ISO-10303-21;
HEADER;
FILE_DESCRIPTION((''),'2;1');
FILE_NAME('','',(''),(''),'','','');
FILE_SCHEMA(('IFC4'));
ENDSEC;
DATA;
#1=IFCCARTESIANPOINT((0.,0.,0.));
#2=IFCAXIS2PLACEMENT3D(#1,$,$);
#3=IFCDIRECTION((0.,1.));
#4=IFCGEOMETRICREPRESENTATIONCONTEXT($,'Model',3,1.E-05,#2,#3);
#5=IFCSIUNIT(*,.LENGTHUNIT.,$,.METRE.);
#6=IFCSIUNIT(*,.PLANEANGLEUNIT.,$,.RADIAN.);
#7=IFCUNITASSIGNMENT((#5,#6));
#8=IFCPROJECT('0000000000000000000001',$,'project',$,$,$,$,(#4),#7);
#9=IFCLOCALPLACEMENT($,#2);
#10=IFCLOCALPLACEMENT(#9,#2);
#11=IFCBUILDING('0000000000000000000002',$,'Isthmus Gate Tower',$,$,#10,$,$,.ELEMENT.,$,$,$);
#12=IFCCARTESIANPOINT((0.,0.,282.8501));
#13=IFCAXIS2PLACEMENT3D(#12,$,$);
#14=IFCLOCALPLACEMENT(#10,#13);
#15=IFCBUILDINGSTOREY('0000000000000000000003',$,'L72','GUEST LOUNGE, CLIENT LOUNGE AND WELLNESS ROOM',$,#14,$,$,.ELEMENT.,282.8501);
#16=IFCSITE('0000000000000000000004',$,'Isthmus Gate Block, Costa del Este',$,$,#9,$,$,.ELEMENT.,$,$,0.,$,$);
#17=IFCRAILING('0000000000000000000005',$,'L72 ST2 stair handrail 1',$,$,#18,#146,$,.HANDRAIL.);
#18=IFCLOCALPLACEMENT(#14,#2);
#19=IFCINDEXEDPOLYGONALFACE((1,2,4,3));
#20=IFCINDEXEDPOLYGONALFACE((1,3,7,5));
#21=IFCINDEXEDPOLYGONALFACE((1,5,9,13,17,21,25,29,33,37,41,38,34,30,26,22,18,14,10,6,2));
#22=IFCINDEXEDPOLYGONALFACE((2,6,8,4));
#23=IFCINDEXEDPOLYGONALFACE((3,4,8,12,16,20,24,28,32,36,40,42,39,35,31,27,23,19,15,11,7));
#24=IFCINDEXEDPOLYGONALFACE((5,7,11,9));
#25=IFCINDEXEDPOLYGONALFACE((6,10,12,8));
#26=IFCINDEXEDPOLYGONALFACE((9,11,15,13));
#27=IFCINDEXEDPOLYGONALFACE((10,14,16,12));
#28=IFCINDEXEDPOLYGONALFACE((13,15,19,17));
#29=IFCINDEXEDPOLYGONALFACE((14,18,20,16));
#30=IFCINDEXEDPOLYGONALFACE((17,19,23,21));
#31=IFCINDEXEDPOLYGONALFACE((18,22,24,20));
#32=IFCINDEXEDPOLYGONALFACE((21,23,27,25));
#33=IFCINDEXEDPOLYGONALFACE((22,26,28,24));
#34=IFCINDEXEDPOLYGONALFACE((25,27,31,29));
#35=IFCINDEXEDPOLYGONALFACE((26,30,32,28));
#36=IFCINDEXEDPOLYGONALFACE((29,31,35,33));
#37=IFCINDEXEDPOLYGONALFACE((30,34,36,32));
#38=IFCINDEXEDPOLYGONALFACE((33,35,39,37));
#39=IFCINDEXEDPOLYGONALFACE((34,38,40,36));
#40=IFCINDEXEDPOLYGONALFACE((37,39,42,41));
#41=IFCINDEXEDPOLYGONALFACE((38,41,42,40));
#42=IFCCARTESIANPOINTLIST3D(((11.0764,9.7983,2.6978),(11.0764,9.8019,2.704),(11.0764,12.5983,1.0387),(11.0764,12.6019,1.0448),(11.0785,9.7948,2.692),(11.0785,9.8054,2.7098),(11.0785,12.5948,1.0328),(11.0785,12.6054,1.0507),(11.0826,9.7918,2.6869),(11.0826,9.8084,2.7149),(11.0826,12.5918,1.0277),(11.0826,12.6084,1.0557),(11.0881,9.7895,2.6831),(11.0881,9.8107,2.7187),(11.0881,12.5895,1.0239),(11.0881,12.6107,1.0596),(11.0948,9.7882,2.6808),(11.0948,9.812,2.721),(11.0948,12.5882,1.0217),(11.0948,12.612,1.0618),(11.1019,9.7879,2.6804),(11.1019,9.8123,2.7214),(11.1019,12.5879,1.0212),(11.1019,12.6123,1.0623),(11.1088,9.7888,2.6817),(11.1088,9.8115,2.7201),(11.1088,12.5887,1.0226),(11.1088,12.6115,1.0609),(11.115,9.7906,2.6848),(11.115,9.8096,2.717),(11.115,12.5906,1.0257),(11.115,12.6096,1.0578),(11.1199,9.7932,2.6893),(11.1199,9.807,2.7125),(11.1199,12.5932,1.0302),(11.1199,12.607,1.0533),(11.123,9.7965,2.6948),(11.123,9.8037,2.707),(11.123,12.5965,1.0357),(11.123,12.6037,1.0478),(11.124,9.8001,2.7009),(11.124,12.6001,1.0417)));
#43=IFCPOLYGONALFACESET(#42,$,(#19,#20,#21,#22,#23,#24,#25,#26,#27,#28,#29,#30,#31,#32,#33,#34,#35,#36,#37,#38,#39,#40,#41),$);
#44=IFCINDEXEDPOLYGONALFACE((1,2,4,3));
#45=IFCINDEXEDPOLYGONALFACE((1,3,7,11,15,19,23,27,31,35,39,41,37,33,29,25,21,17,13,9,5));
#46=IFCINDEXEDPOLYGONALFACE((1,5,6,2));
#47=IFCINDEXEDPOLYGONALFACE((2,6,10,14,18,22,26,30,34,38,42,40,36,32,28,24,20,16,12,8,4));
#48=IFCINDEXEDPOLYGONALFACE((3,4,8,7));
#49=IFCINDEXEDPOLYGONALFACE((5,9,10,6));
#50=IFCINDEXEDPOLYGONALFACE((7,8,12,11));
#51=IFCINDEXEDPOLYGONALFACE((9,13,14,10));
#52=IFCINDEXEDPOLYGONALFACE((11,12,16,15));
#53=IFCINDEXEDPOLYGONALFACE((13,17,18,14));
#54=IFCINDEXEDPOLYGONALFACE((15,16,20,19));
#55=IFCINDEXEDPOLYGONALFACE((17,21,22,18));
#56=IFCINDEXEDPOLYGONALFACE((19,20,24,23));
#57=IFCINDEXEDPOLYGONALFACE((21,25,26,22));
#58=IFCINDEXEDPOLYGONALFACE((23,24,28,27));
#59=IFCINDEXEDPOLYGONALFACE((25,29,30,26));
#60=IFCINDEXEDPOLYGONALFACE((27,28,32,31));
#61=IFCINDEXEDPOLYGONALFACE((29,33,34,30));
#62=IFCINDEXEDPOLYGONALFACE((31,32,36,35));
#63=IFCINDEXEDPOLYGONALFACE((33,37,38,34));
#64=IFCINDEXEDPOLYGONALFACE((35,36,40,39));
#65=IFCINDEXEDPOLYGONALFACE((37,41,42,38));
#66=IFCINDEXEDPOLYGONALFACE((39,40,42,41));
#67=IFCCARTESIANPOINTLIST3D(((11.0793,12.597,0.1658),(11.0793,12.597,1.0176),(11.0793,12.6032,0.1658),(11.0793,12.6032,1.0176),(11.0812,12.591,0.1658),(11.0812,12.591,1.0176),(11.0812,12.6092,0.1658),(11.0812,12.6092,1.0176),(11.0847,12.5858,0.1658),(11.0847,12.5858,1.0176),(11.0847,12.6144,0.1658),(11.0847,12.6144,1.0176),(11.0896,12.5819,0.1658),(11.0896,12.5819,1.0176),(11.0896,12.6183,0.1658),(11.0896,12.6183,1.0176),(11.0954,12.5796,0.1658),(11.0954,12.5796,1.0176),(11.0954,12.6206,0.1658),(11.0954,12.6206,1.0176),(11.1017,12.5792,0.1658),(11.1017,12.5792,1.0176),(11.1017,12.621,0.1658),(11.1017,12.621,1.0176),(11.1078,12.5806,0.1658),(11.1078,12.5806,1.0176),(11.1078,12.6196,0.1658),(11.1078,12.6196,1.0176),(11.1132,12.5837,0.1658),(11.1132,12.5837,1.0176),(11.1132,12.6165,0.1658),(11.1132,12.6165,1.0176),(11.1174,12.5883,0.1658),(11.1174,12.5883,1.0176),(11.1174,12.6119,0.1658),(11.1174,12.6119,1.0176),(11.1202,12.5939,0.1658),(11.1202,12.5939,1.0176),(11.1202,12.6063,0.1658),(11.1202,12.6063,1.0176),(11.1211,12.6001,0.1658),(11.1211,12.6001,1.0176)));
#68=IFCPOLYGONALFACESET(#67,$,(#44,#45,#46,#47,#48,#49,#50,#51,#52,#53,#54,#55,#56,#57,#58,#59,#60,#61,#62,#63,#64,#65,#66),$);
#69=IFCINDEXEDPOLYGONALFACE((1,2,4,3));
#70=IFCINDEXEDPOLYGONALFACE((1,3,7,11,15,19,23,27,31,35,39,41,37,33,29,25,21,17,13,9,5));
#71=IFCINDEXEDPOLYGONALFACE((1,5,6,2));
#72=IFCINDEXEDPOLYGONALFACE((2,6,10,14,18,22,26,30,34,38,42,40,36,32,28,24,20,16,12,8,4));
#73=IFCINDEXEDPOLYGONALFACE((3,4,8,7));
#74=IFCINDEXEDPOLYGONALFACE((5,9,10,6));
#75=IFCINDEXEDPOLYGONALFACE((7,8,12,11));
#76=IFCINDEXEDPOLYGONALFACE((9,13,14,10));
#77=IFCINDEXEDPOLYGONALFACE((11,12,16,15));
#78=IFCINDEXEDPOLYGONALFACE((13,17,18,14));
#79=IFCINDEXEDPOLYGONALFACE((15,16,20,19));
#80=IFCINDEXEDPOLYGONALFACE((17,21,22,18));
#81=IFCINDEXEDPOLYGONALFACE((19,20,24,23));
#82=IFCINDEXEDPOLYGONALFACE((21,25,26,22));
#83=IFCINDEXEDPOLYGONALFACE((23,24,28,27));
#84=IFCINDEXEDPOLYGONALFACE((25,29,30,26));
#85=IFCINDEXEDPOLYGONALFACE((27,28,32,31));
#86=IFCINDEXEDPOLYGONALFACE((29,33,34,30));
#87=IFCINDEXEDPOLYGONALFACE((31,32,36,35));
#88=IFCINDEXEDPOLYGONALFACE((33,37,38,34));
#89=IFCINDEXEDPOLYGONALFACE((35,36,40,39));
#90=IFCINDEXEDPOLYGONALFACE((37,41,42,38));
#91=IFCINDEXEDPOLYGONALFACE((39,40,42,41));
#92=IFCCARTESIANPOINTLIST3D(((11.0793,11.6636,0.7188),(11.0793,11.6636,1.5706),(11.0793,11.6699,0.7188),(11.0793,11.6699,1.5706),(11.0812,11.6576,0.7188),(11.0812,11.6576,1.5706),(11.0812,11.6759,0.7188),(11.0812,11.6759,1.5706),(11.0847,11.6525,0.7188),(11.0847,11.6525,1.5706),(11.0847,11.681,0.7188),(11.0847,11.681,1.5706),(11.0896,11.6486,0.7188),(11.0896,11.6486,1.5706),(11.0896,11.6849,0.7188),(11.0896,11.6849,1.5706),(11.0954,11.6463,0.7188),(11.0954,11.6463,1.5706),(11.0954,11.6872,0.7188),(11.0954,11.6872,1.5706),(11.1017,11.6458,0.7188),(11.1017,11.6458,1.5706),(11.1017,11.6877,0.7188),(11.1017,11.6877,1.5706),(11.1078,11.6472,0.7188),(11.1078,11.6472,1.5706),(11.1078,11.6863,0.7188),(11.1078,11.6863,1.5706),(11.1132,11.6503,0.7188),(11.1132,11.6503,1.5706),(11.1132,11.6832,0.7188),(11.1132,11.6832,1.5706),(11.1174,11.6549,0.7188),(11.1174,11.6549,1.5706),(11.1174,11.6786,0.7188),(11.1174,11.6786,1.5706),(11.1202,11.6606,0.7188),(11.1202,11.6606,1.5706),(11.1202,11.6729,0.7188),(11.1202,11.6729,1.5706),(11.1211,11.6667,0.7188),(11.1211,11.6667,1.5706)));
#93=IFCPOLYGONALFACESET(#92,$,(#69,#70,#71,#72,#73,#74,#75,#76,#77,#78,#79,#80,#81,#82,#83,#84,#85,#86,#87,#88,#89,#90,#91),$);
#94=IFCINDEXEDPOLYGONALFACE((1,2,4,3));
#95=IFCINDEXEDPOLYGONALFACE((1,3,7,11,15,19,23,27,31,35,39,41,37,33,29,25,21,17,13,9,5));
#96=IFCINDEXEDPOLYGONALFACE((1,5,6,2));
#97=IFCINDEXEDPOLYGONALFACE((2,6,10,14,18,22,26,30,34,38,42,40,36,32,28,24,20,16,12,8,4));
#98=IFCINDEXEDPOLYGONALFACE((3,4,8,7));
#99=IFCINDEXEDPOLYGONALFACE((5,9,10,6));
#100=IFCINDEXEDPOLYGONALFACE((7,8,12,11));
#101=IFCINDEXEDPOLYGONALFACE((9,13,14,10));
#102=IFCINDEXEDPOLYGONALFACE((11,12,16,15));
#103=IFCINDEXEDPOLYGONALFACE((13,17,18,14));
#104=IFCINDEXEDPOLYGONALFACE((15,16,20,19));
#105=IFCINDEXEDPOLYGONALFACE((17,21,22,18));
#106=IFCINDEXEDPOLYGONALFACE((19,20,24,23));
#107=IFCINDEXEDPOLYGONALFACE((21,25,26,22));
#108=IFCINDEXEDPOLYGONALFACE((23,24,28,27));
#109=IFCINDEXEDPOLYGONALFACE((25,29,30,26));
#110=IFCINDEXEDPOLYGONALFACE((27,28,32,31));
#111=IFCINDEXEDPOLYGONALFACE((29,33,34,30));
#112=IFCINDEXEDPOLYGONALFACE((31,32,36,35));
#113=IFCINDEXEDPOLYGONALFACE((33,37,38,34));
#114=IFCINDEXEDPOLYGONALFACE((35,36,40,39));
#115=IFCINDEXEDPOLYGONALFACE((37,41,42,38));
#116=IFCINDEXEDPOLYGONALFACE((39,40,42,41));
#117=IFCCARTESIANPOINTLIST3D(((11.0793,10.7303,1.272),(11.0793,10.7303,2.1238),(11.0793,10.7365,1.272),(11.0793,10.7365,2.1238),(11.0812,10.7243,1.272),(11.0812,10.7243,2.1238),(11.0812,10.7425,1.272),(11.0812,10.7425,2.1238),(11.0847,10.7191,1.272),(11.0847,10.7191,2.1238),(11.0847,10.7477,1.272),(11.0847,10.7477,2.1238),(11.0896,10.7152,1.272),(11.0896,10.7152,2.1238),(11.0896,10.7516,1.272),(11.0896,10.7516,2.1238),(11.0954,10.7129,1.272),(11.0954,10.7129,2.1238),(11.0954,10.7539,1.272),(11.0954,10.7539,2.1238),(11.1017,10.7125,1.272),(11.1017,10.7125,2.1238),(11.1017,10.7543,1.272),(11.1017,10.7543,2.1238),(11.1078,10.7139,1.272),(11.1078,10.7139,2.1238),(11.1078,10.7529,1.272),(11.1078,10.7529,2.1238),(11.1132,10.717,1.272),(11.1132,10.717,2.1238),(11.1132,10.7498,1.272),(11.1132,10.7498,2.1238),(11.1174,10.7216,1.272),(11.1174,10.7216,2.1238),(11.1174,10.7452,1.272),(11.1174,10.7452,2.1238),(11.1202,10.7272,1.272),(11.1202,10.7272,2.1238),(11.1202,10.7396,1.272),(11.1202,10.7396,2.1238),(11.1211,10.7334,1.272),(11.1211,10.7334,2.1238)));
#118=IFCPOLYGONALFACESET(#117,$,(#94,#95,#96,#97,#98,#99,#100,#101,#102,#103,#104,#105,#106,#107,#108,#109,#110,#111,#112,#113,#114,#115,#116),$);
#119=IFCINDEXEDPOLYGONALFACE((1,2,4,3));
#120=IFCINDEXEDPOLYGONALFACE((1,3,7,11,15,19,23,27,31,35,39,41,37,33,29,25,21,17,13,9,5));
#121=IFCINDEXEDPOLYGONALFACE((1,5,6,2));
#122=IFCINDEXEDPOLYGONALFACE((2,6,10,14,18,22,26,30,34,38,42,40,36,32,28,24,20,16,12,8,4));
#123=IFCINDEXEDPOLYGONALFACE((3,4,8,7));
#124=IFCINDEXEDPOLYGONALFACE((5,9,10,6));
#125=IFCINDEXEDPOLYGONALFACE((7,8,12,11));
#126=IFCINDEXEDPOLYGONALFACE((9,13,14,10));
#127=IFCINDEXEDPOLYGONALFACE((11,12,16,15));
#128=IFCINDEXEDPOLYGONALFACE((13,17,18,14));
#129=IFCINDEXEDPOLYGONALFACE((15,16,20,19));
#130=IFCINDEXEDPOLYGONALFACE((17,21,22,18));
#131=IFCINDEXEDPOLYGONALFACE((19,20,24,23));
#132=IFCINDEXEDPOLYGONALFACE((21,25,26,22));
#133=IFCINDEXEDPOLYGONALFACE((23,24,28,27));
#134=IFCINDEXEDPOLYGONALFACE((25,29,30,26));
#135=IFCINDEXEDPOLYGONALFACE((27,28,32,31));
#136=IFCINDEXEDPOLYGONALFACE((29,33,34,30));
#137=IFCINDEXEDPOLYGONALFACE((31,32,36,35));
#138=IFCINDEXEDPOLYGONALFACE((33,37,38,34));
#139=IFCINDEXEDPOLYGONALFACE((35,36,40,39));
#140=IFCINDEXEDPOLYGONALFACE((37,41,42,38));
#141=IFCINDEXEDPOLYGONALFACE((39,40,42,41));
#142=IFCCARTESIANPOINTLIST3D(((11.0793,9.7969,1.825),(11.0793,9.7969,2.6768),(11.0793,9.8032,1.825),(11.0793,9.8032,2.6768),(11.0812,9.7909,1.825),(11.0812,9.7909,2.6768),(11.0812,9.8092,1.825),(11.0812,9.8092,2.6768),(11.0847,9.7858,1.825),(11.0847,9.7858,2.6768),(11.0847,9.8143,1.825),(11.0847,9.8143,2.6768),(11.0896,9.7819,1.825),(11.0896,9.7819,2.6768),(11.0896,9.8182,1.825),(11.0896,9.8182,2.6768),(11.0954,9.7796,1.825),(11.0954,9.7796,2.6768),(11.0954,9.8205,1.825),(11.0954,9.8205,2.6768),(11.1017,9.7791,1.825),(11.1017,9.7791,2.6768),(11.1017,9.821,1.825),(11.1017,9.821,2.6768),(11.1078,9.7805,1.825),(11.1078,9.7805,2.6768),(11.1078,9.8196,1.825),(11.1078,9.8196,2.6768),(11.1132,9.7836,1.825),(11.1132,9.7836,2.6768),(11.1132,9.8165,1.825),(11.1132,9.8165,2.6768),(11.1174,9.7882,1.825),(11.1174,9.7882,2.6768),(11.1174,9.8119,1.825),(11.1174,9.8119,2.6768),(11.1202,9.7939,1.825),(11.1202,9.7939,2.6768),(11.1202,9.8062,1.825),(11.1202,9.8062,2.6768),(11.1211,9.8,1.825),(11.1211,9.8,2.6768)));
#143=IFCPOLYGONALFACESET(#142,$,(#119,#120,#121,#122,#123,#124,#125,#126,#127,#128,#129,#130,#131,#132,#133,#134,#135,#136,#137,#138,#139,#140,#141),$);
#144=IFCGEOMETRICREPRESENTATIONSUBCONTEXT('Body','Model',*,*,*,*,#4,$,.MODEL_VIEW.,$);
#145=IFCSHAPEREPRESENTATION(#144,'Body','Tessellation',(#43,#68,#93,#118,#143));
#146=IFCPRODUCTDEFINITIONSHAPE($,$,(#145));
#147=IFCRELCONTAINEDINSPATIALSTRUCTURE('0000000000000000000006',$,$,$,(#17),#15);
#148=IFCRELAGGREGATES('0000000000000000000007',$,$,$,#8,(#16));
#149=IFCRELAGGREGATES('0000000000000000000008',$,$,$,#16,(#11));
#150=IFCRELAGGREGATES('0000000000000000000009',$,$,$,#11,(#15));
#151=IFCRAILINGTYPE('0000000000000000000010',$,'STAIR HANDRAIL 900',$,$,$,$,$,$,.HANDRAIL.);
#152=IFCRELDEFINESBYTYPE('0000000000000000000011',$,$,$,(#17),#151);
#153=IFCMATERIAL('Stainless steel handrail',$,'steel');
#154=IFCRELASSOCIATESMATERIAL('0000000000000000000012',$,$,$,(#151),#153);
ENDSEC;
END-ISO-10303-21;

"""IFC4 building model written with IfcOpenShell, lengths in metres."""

from ifc_helpers import new_model, si_unit, direction, frame, origin, origin_2d, place, context, subcontext, project, spatial, circle, extrude, material, type_object, element, save


model = new_model("IFC4")

# Units and contexts
model_context = context("Model", 3, precision=1e-05, world=origin(), true_north=direction((0.0, 1.0)))
body_context = subcontext(model_context, "Body", "Model", "MODEL_VIEW")
ifc_project = project(units=[si_unit("LENGTHUNIT", "METRE"), si_unit("PLANEANGLEUNIT", "RADIAN")], contexts=[model_context])

# Site, building, storey
site_placement = place(None, origin())
site = spatial("IfcSite", under=ifc_project, at=site_placement, Name="Isthmus Gate Block, Costa del Este", CompositionType="ELEMENT", RefElevation=0.0)
building_placement = place(site_placement, origin())
building = spatial("IfcBuilding", under=site, at=building_placement, Name="Isthmus Gate Tower", CompositionType="ELEMENT")
storey_placement = place(building_placement, frame((0.0, 0.0, 282.8501)))
storey = spatial("IfcBuildingStorey", under=building, at=storey_placement, Name="L72", Description="GUEST LOUNGE, CLIENT LOUNGE AND WELLNESS ROOM", CompositionType="ELEMENT", Elevation=282.8501)

# Railing
ifc_material_1 = material(Name="Stainless steel handrail", Category="steel")
railing_type_1 = type_object("IfcRailingType", Name="STAIR HANDRAIL 900", PredefinedType="HANDRAIL", material=ifc_material_1)
for number, where, name in (
    (1, (11.1001, 12.6001, 0.1658), "L72 ST2 stair handrail 1"),
):
    element("IfcRailing", number, at=place(storey_placement, frame(where)), inside=storey, type_object=railing_type_1, Name=name, PredefinedType="HANDRAIL", context=body_context, shape_type="SweptSolid", body=[
        extrude(circle(Radius=0.0239, at=origin_2d()), frame((0.0, 0.0, 0.876), z_axis=(0.0, -0.860306, 0.509778), x_axis=(1.0, 0.0, 0.0)), (0.0, 0.0, 1.0), 3.2546),
        extrude(circle(Radius=0.021, at=origin_2d()), origin(), (0.0, 0.0, 1.0), 0.8518),
        extrude(circle(Radius=0.021, at=origin_2d()), frame((0.0, -0.9333, 0.553)), (0.0, 0.0, 1.0), 0.8518),
        extrude(circle(Radius=0.021, at=origin_2d()), frame((0.0, -1.8667, 1.1062)), (0.0, 0.0, 1.0), 0.8518),
        extrude(circle(Radius=0.021, at=origin_2d()), frame((0.0, -2.8, 1.6592)), (0.0, 0.0, 1.0), 0.8518),
    ])

save(model, "model.ifc")
